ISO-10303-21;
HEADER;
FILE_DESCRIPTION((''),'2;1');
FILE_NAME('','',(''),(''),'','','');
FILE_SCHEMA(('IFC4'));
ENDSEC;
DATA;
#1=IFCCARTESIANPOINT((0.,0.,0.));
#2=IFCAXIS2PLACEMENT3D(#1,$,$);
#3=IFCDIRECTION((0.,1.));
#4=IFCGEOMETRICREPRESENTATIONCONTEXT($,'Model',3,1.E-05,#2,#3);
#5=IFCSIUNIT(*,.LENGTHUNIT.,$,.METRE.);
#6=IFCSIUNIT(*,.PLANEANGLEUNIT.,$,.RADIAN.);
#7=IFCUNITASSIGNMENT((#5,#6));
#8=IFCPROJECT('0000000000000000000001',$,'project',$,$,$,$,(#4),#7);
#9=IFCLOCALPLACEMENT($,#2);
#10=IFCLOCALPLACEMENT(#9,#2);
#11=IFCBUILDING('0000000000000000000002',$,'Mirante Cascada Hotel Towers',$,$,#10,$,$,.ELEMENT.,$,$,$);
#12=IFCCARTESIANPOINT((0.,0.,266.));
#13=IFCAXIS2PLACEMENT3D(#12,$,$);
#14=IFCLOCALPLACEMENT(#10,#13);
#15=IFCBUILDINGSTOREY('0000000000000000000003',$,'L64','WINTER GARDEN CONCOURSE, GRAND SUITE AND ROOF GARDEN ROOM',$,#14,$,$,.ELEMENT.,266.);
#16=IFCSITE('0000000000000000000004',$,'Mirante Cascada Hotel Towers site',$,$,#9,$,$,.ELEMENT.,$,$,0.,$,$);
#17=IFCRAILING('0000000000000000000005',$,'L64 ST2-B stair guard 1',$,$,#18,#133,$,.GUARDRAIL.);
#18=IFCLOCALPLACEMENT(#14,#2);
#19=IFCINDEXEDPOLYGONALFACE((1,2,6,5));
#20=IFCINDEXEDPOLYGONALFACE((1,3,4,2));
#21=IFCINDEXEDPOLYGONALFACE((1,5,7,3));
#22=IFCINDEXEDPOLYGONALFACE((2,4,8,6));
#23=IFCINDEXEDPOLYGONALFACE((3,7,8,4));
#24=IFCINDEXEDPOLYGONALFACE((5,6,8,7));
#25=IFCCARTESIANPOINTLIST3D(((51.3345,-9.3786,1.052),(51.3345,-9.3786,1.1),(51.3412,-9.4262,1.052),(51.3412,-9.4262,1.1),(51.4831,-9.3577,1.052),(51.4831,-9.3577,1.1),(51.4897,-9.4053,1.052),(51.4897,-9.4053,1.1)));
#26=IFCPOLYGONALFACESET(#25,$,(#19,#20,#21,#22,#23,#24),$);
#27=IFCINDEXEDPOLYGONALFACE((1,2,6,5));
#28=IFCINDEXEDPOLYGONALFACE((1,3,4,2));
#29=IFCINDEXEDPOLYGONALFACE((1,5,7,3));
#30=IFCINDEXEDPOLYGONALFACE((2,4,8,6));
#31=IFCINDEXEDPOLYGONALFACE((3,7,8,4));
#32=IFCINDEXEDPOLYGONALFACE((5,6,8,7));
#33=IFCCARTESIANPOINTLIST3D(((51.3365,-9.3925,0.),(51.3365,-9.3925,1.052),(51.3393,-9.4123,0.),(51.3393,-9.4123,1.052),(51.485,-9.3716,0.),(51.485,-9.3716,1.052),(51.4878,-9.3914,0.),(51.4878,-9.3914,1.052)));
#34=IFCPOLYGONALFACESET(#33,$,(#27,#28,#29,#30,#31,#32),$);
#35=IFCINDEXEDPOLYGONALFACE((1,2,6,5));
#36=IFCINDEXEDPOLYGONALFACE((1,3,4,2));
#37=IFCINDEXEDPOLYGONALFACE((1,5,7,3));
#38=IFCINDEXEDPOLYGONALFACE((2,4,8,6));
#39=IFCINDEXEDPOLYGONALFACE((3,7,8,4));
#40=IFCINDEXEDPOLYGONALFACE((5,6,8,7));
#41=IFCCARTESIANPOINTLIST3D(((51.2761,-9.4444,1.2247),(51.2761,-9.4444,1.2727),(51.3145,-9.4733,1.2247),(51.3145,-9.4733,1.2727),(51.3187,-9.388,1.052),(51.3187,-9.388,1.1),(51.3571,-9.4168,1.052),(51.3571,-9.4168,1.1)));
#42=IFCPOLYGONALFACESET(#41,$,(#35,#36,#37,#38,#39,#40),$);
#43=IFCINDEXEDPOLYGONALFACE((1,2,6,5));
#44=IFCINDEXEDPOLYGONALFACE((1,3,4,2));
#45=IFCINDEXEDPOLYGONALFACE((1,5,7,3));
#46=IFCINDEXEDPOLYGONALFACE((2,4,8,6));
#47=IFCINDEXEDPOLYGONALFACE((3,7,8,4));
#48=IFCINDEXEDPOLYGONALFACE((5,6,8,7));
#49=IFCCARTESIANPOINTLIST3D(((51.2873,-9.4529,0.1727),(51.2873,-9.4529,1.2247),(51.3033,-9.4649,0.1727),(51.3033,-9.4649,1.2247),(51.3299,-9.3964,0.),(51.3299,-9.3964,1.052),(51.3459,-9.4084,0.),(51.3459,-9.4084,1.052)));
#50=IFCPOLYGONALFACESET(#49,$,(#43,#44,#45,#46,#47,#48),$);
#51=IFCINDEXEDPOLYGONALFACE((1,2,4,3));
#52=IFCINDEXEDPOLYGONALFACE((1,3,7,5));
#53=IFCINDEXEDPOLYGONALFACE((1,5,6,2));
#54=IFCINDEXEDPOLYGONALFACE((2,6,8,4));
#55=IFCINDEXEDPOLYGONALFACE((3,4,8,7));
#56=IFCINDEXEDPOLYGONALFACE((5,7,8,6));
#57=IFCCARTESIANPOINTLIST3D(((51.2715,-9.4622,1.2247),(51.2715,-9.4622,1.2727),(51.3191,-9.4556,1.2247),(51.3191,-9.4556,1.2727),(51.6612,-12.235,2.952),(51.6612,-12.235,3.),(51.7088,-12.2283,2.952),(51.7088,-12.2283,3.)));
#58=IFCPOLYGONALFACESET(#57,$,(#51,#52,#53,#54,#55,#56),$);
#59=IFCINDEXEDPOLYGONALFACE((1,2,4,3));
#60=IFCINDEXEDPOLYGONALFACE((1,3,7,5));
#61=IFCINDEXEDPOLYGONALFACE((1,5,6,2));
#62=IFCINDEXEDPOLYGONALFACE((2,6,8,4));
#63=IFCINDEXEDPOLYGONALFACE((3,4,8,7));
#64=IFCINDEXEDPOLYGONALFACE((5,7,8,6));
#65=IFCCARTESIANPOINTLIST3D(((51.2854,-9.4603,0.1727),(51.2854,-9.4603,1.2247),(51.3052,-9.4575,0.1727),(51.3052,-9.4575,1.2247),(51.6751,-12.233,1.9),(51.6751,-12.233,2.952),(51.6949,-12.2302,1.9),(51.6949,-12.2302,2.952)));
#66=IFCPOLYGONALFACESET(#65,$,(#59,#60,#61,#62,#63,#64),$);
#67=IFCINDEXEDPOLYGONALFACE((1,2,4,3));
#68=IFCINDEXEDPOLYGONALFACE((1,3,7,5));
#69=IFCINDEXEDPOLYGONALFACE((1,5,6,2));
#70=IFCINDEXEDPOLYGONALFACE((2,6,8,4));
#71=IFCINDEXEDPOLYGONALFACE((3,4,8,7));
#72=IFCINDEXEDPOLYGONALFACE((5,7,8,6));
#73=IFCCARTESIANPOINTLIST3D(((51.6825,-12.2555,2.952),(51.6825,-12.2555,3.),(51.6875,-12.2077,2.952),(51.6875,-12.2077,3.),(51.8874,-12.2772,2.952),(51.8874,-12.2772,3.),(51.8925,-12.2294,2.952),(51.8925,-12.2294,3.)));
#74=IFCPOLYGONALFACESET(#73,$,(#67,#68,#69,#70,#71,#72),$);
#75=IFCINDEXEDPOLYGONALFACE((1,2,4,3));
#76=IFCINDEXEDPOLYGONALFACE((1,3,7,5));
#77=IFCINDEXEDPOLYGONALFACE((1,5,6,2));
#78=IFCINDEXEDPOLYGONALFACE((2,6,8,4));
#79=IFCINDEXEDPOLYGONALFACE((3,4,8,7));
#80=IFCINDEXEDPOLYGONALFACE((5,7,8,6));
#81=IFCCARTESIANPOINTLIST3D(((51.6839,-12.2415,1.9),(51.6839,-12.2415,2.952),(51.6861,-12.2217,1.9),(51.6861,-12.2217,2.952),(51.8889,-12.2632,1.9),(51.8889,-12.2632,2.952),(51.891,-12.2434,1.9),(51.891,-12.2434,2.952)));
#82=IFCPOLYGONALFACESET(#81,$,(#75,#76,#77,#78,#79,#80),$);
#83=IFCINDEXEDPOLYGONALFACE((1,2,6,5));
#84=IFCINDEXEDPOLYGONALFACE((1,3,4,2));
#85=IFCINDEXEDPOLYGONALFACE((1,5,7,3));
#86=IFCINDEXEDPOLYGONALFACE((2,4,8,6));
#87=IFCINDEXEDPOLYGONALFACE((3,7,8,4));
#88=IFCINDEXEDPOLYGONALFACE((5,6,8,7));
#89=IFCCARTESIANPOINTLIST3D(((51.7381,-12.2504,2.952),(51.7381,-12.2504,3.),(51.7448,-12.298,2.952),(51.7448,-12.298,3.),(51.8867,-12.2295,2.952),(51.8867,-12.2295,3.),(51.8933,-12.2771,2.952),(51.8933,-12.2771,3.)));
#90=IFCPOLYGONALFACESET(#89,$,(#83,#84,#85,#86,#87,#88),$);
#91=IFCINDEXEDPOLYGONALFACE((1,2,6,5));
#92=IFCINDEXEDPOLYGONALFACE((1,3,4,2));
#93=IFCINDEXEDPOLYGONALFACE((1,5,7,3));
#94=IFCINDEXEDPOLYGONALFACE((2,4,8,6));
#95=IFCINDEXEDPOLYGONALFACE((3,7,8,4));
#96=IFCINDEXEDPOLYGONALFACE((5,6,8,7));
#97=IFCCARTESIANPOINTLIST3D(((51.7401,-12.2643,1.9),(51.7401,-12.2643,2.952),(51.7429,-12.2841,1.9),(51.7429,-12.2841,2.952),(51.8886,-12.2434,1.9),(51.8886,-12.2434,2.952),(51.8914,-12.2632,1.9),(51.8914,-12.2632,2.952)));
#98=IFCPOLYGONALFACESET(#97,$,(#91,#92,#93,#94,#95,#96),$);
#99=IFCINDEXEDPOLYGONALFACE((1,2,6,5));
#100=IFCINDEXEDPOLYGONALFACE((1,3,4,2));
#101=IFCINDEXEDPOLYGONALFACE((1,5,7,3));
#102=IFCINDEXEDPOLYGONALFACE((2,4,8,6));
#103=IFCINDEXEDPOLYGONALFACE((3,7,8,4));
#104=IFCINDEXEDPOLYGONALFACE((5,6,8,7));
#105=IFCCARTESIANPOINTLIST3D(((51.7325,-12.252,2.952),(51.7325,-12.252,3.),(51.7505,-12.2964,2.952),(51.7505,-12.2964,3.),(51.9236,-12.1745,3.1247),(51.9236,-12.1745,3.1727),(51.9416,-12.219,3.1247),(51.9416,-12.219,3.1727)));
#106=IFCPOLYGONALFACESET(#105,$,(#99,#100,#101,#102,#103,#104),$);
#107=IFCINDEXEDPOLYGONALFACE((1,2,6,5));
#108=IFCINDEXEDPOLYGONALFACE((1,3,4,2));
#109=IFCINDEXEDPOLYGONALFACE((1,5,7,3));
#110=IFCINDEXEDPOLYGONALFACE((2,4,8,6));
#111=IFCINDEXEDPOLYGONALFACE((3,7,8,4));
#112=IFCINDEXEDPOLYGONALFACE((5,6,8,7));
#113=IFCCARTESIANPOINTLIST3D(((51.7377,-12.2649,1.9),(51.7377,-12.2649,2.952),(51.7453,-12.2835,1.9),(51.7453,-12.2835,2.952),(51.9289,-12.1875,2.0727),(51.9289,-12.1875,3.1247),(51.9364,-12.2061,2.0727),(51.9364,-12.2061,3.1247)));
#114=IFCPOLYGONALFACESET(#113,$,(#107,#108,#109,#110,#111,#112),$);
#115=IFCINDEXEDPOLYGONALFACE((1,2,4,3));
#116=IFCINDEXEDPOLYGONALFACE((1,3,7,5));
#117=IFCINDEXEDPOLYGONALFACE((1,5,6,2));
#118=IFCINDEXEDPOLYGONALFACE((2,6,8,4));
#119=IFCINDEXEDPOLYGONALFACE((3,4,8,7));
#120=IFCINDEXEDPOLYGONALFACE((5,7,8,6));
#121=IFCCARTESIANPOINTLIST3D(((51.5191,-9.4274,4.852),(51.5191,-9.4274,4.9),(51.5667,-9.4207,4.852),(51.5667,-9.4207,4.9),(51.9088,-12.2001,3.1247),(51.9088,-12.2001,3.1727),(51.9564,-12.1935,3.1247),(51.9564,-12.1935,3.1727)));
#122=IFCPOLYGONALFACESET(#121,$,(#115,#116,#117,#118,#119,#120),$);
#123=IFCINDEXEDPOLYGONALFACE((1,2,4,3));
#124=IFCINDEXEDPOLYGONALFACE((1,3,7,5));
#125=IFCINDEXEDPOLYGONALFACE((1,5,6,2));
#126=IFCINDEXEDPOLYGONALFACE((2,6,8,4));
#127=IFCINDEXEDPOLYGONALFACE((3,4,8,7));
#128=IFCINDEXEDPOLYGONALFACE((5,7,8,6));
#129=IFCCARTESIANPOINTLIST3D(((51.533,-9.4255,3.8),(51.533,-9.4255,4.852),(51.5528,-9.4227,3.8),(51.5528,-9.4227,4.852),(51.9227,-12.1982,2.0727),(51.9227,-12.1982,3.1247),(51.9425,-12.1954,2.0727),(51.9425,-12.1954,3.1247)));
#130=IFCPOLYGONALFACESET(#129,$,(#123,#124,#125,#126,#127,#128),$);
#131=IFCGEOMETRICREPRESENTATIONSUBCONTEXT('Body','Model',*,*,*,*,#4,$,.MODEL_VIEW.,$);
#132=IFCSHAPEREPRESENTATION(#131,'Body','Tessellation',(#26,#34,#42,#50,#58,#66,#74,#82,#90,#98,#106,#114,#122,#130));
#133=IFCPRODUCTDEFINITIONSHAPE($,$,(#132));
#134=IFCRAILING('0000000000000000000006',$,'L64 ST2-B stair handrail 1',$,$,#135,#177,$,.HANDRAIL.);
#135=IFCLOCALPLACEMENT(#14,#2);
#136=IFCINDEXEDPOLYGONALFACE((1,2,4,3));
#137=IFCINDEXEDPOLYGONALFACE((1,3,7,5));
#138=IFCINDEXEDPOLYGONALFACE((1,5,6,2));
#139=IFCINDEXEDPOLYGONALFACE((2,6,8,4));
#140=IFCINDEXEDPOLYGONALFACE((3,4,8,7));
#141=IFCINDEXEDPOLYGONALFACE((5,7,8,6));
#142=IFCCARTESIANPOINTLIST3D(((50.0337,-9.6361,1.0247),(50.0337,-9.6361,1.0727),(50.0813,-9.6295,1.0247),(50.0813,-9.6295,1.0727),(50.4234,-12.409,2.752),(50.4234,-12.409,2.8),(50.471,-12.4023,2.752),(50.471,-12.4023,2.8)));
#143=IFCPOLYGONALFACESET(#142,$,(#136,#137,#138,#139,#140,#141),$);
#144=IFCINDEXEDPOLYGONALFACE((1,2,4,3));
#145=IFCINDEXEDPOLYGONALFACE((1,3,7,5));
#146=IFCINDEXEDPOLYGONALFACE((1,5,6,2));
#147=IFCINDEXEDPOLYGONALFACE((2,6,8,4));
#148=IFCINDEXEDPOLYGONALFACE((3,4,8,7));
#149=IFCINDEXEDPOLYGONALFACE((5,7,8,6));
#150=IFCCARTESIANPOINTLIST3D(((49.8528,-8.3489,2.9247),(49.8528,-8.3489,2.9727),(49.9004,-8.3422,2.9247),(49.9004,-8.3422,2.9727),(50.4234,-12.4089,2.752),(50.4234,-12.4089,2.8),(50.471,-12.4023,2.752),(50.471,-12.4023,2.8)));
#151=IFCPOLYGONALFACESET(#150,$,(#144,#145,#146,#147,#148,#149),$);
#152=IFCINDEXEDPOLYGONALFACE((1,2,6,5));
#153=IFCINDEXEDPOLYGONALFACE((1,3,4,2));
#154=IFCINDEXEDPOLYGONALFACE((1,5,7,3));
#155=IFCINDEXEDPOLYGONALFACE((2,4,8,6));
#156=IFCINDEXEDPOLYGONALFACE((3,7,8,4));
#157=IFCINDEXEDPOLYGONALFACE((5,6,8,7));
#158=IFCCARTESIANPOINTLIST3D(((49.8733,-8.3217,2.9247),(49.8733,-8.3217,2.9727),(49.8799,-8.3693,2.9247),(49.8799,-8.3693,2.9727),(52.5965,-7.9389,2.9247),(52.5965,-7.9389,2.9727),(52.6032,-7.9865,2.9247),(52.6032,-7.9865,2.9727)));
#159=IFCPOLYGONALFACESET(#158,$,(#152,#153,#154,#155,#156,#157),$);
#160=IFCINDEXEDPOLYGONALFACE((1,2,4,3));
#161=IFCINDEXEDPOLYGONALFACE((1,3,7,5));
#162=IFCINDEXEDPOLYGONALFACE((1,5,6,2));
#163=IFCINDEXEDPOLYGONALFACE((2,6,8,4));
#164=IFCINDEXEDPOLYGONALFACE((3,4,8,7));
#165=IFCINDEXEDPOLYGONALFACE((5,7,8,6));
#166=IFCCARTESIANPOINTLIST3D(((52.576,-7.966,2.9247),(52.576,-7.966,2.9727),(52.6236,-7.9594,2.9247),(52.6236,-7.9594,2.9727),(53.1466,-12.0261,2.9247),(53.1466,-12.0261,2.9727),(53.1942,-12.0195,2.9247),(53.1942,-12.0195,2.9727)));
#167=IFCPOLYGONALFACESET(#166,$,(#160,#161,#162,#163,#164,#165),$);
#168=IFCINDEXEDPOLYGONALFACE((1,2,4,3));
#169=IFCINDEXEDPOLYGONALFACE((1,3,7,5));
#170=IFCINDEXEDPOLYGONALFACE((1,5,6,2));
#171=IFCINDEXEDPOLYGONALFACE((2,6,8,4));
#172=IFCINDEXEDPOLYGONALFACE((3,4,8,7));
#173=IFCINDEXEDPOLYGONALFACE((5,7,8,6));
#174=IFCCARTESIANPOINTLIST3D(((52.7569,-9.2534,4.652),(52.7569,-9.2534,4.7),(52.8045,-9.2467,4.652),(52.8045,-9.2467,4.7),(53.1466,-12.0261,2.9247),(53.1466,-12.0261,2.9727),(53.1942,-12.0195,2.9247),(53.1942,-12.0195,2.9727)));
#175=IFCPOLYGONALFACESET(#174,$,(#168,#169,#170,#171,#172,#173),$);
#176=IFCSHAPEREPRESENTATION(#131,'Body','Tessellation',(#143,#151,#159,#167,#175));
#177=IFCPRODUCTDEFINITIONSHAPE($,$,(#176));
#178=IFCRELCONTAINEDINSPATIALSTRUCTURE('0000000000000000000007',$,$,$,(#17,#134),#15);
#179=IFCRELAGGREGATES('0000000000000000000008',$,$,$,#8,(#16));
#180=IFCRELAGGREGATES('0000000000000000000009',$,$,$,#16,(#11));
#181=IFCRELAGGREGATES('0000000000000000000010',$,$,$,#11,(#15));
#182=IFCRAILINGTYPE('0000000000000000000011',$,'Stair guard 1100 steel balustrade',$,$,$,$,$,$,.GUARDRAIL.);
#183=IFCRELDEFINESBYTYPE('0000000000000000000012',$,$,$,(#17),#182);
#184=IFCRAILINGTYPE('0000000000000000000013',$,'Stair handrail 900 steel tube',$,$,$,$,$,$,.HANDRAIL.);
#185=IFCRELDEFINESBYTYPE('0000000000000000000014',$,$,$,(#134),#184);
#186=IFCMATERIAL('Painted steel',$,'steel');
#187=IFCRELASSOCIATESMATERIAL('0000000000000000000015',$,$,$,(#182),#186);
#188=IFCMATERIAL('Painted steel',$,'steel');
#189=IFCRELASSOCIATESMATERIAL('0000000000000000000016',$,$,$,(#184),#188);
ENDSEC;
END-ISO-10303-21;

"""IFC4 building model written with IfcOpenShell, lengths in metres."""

from ifc_helpers import new_model, si_unit, direction, frame, origin, origin_2d, place, context, subcontext, project, spatial, rectangle, extrude, material, type_object, element, save


model = new_model("IFC4")

# Units and contexts
model_context = context("Model", 3, precision=1e-05, world=origin(), true_north=direction((0.0, 1.0)))
body_context = subcontext(model_context, "Body", "Model", "MODEL_VIEW")
ifc_project = project(units=[si_unit("LENGTHUNIT", "METRE"), si_unit("PLANEANGLEUNIT", "RADIAN")], contexts=[model_context])

# Site, building, storey
site_placement = place(None, origin())
site = spatial("IfcSite", under=ifc_project, at=site_placement, Name="Mirante Cascada Hotel Towers site", CompositionType="ELEMENT", RefElevation=0.0)
building_placement = place(site_placement, origin())
building = spatial("IfcBuilding", under=site, at=building_placement, Name="Mirante Cascada Hotel Towers", CompositionType="ELEMENT")
storey_placement = place(building_placement, frame((0.0, 0.0, 266.0)))
storey = spatial("IfcBuildingStorey", under=building, at=storey_placement, Name="L64", Description="WINTER GARDEN CONCOURSE, GRAND SUITE AND ROOF GARDEN ROOM", CompositionType="ELEMENT", Elevation=266.0)

# Railings
ifc_material_1 = material(Name="Painted steel", Category="steel")
railing_type_1 = type_object("IfcRailingType", Name="Stair guard 1100 steel balustrade", PredefinedType="GUARDRAIL", material=ifc_material_1)
railing_1_placement = place(storey_placement, frame((51.4864, -9.3815, 0.0)))
element("IfcRailing", 1, at=railing_1_placement, inside=storey, type_object=railing_type_1, Name="L64 ST2-B stair guard 1", PredefinedType="GUARDRAIL", context=body_context, shape_type="SweptSolid", body=[
    extrude(rectangle(XDim=0.048, YDim=0.048, at=origin_2d()), frame((0.0, 0.0, 1.076), z_axis=(-0.990241, -0.139367, 0.0), x_axis=(0.139367, -0.990241, 0.0)), (0.0, 0.0, 1.0), 0.15),
    extrude(rectangle(XDim=0.02, YDim=1.052, at=origin_2d()), frame((0.0, 0.0, 0.526), z_axis=(-0.990241, -0.139367, 0.0), x_axis=(0.139367, -0.990241, 0.0)), (0.0, 0.0, 1.0), 0.15),
    extrude(rectangle(XDim=0.048, YDim=0.048, at=origin_2d()), frame((-0.1485, -0.0209, 1.076), z_axis=(-0.602033, -0.798471, 0.0), x_axis=(0.798471, -0.602033, 0.0)), (0.0, 0.92534, 0.379139), 0.1866),
    extrude(rectangle(XDim=0.02, YDim=1.052, at=origin_2d()), frame((-0.1485, -0.0209, 0.526), z_axis=(-0.602033, -0.798471, 0.0), x_axis=(0.798471, -0.602033, 0.0)), (0.0, 0.92534, 0.379139), 0.1866),
    extrude(rectangle(XDim=0.048, YDim=0.048, at=origin_2d()), frame((-0.1911, -0.0774, 1.2487), z_axis=(0.139181, -0.990267, 0.0), x_axis=(0.990267, 0.139181, 0.0)), (0.0, 0.525035, 0.851081), 3.2899),
    extrude(rectangle(XDim=0.02, YDim=1.052, at=origin_2d()), frame((-0.1911, -0.0774, 0.6987), z_axis=(0.139181, -0.990267, 0.0), x_axis=(0.990267, 0.139181, 0.0)), (0.0, 0.525035, 0.851081), 3.2899),
    extrude(rectangle(XDim=0.048, YDim=0.048, at=origin_2d()), frame((0.1986, -2.8501, 2.976), z_axis=(0.994444, -0.105266, 0.0), x_axis=(0.105266, 0.994444, 0.0)), (0.0, 0.0, 1.0), 0.2061),
    extrude(rectangle(XDim=0.02, YDim=1.052, at=origin_2d()), frame((0.1986, -2.8501, 2.426), z_axis=(0.994444, -0.105266, 0.0), x_axis=(0.105266, 0.994444, 0.0)), (0.0, 0.0, 1.0), 0.2061),
    extrude(rectangle(XDim=0.048, YDim=0.048, at=origin_2d()), frame((0.4036, -2.8718, 2.976), z_axis=(-0.990241, -0.139367, 0.0), x_axis=(0.139367, -0.990241, 0.0)), (0.0, 0.0, 1.0), 0.15),
    extrude(rectangle(XDim=0.02, YDim=1.052, at=origin_2d()), frame((0.4036, -2.8718, 2.426), z_axis=(-0.990241, -0.139367, 0.0), x_axis=(0.139367, -0.990241, 0.0)), (0.0, 0.0, 1.0), 0.15),
    extrude(rectangle(XDim=0.048, YDim=0.048, at=origin_2d()), frame((0.2551, -2.8927, 2.976), z_axis=(0.926862, 0.375401, 0.0), x_axis=(-0.375401, 0.926862, 0.0)), (0.0, 0.642122, 0.766603), 0.269),
    extrude(rectangle(XDim=0.02, YDim=1.052, at=origin_2d()), frame((0.2551, -2.8927, 2.426), z_axis=(0.926862, 0.375401, 0.0), x_axis=(-0.375401, 0.926862, 0.0)), (0.0, 0.642122, 0.766603), 0.269),
    extrude(rectangle(XDim=0.048, YDim=0.048, at=origin_2d()), frame((0.4462, -2.8153, 3.1487), z_axis=(-0.139181, 0.990267, 0.0), x_axis=(-0.990267, -0.139181, 0.0)), (0.0, 0.525035, 0.851081), 3.2899),
    extrude(rectangle(XDim=0.02, YDim=1.052, at=origin_2d()), frame((0.4462, -2.8153, 2.5987), z_axis=(-0.139181, 0.990267, 0.0), x_axis=(-0.990267, -0.139181, 0.0)), (0.0, 0.525035, 0.851081), 3.2899),
])
ifc_material_2 = material(Name="Painted steel", Category="steel")
railing_type_2 = type_object("IfcRailingType", Name="Stair handrail 900 steel tube", PredefinedType="HANDRAIL", material=ifc_material_2)
railing_2_placement = place(storey_placement, frame((50.0575, -9.6328, 0.1727)))
element("IfcRailing", 2, at=railing_2_placement, inside=storey, type_object=railing_type_2, Name="L64 ST2-B stair handrail 1", PredefinedType="HANDRAIL", context=body_context, shape_type="SweptSolid", body=[
    extrude(rectangle(XDim=0.048, YDim=0.048, at=origin_2d()), frame((0.0, 0.0, 0.876), z_axis=(0.139176, -0.990268, 0.0), x_axis=(0.990268, 0.139176, 0.0)), (0.0, 0.525021, 0.851089), 3.29),
    extrude(rectangle(XDim=0.048, YDim=0.048, at=origin_2d()), frame((0.3897, -2.7728, 2.6033), z_axis=(-0.139171, 0.990268, 0.0), x_axis=(-0.990268, -0.139171, 0.0)), (0.0, 0.042085, 0.999114), 4.1036),
    extrude(rectangle(XDim=0.048, YDim=0.048, at=origin_2d()), frame((-0.1809, 1.2873, 2.776), z_axis=(0.990264, 0.139201, 0.0), x_axis=(-0.139201, 0.990264, 0.0)), (0.0, 0.0, 1.0), 2.75),
    extrude(rectangle(XDim=0.048, YDim=0.048, at=origin_2d()), frame((2.5423, 1.6701, 2.776), z_axis=(0.139171, -0.990268, 0.0), x_axis=(0.990268, 0.139171, 0.0)), (0.0, 0.0, 1.0), 4.1),
    extrude(rectangle(XDim=0.048, YDim=0.048, at=origin_2d()), frame((3.1129, -2.39, 2.776), z_axis=(-0.139181, 0.990267, 0.0), x_axis=(-0.990267, -0.139181, 0.0)), (0.0, 0.525035, 0.851081), 3.2899),
])

save(model, "model.ifc")
